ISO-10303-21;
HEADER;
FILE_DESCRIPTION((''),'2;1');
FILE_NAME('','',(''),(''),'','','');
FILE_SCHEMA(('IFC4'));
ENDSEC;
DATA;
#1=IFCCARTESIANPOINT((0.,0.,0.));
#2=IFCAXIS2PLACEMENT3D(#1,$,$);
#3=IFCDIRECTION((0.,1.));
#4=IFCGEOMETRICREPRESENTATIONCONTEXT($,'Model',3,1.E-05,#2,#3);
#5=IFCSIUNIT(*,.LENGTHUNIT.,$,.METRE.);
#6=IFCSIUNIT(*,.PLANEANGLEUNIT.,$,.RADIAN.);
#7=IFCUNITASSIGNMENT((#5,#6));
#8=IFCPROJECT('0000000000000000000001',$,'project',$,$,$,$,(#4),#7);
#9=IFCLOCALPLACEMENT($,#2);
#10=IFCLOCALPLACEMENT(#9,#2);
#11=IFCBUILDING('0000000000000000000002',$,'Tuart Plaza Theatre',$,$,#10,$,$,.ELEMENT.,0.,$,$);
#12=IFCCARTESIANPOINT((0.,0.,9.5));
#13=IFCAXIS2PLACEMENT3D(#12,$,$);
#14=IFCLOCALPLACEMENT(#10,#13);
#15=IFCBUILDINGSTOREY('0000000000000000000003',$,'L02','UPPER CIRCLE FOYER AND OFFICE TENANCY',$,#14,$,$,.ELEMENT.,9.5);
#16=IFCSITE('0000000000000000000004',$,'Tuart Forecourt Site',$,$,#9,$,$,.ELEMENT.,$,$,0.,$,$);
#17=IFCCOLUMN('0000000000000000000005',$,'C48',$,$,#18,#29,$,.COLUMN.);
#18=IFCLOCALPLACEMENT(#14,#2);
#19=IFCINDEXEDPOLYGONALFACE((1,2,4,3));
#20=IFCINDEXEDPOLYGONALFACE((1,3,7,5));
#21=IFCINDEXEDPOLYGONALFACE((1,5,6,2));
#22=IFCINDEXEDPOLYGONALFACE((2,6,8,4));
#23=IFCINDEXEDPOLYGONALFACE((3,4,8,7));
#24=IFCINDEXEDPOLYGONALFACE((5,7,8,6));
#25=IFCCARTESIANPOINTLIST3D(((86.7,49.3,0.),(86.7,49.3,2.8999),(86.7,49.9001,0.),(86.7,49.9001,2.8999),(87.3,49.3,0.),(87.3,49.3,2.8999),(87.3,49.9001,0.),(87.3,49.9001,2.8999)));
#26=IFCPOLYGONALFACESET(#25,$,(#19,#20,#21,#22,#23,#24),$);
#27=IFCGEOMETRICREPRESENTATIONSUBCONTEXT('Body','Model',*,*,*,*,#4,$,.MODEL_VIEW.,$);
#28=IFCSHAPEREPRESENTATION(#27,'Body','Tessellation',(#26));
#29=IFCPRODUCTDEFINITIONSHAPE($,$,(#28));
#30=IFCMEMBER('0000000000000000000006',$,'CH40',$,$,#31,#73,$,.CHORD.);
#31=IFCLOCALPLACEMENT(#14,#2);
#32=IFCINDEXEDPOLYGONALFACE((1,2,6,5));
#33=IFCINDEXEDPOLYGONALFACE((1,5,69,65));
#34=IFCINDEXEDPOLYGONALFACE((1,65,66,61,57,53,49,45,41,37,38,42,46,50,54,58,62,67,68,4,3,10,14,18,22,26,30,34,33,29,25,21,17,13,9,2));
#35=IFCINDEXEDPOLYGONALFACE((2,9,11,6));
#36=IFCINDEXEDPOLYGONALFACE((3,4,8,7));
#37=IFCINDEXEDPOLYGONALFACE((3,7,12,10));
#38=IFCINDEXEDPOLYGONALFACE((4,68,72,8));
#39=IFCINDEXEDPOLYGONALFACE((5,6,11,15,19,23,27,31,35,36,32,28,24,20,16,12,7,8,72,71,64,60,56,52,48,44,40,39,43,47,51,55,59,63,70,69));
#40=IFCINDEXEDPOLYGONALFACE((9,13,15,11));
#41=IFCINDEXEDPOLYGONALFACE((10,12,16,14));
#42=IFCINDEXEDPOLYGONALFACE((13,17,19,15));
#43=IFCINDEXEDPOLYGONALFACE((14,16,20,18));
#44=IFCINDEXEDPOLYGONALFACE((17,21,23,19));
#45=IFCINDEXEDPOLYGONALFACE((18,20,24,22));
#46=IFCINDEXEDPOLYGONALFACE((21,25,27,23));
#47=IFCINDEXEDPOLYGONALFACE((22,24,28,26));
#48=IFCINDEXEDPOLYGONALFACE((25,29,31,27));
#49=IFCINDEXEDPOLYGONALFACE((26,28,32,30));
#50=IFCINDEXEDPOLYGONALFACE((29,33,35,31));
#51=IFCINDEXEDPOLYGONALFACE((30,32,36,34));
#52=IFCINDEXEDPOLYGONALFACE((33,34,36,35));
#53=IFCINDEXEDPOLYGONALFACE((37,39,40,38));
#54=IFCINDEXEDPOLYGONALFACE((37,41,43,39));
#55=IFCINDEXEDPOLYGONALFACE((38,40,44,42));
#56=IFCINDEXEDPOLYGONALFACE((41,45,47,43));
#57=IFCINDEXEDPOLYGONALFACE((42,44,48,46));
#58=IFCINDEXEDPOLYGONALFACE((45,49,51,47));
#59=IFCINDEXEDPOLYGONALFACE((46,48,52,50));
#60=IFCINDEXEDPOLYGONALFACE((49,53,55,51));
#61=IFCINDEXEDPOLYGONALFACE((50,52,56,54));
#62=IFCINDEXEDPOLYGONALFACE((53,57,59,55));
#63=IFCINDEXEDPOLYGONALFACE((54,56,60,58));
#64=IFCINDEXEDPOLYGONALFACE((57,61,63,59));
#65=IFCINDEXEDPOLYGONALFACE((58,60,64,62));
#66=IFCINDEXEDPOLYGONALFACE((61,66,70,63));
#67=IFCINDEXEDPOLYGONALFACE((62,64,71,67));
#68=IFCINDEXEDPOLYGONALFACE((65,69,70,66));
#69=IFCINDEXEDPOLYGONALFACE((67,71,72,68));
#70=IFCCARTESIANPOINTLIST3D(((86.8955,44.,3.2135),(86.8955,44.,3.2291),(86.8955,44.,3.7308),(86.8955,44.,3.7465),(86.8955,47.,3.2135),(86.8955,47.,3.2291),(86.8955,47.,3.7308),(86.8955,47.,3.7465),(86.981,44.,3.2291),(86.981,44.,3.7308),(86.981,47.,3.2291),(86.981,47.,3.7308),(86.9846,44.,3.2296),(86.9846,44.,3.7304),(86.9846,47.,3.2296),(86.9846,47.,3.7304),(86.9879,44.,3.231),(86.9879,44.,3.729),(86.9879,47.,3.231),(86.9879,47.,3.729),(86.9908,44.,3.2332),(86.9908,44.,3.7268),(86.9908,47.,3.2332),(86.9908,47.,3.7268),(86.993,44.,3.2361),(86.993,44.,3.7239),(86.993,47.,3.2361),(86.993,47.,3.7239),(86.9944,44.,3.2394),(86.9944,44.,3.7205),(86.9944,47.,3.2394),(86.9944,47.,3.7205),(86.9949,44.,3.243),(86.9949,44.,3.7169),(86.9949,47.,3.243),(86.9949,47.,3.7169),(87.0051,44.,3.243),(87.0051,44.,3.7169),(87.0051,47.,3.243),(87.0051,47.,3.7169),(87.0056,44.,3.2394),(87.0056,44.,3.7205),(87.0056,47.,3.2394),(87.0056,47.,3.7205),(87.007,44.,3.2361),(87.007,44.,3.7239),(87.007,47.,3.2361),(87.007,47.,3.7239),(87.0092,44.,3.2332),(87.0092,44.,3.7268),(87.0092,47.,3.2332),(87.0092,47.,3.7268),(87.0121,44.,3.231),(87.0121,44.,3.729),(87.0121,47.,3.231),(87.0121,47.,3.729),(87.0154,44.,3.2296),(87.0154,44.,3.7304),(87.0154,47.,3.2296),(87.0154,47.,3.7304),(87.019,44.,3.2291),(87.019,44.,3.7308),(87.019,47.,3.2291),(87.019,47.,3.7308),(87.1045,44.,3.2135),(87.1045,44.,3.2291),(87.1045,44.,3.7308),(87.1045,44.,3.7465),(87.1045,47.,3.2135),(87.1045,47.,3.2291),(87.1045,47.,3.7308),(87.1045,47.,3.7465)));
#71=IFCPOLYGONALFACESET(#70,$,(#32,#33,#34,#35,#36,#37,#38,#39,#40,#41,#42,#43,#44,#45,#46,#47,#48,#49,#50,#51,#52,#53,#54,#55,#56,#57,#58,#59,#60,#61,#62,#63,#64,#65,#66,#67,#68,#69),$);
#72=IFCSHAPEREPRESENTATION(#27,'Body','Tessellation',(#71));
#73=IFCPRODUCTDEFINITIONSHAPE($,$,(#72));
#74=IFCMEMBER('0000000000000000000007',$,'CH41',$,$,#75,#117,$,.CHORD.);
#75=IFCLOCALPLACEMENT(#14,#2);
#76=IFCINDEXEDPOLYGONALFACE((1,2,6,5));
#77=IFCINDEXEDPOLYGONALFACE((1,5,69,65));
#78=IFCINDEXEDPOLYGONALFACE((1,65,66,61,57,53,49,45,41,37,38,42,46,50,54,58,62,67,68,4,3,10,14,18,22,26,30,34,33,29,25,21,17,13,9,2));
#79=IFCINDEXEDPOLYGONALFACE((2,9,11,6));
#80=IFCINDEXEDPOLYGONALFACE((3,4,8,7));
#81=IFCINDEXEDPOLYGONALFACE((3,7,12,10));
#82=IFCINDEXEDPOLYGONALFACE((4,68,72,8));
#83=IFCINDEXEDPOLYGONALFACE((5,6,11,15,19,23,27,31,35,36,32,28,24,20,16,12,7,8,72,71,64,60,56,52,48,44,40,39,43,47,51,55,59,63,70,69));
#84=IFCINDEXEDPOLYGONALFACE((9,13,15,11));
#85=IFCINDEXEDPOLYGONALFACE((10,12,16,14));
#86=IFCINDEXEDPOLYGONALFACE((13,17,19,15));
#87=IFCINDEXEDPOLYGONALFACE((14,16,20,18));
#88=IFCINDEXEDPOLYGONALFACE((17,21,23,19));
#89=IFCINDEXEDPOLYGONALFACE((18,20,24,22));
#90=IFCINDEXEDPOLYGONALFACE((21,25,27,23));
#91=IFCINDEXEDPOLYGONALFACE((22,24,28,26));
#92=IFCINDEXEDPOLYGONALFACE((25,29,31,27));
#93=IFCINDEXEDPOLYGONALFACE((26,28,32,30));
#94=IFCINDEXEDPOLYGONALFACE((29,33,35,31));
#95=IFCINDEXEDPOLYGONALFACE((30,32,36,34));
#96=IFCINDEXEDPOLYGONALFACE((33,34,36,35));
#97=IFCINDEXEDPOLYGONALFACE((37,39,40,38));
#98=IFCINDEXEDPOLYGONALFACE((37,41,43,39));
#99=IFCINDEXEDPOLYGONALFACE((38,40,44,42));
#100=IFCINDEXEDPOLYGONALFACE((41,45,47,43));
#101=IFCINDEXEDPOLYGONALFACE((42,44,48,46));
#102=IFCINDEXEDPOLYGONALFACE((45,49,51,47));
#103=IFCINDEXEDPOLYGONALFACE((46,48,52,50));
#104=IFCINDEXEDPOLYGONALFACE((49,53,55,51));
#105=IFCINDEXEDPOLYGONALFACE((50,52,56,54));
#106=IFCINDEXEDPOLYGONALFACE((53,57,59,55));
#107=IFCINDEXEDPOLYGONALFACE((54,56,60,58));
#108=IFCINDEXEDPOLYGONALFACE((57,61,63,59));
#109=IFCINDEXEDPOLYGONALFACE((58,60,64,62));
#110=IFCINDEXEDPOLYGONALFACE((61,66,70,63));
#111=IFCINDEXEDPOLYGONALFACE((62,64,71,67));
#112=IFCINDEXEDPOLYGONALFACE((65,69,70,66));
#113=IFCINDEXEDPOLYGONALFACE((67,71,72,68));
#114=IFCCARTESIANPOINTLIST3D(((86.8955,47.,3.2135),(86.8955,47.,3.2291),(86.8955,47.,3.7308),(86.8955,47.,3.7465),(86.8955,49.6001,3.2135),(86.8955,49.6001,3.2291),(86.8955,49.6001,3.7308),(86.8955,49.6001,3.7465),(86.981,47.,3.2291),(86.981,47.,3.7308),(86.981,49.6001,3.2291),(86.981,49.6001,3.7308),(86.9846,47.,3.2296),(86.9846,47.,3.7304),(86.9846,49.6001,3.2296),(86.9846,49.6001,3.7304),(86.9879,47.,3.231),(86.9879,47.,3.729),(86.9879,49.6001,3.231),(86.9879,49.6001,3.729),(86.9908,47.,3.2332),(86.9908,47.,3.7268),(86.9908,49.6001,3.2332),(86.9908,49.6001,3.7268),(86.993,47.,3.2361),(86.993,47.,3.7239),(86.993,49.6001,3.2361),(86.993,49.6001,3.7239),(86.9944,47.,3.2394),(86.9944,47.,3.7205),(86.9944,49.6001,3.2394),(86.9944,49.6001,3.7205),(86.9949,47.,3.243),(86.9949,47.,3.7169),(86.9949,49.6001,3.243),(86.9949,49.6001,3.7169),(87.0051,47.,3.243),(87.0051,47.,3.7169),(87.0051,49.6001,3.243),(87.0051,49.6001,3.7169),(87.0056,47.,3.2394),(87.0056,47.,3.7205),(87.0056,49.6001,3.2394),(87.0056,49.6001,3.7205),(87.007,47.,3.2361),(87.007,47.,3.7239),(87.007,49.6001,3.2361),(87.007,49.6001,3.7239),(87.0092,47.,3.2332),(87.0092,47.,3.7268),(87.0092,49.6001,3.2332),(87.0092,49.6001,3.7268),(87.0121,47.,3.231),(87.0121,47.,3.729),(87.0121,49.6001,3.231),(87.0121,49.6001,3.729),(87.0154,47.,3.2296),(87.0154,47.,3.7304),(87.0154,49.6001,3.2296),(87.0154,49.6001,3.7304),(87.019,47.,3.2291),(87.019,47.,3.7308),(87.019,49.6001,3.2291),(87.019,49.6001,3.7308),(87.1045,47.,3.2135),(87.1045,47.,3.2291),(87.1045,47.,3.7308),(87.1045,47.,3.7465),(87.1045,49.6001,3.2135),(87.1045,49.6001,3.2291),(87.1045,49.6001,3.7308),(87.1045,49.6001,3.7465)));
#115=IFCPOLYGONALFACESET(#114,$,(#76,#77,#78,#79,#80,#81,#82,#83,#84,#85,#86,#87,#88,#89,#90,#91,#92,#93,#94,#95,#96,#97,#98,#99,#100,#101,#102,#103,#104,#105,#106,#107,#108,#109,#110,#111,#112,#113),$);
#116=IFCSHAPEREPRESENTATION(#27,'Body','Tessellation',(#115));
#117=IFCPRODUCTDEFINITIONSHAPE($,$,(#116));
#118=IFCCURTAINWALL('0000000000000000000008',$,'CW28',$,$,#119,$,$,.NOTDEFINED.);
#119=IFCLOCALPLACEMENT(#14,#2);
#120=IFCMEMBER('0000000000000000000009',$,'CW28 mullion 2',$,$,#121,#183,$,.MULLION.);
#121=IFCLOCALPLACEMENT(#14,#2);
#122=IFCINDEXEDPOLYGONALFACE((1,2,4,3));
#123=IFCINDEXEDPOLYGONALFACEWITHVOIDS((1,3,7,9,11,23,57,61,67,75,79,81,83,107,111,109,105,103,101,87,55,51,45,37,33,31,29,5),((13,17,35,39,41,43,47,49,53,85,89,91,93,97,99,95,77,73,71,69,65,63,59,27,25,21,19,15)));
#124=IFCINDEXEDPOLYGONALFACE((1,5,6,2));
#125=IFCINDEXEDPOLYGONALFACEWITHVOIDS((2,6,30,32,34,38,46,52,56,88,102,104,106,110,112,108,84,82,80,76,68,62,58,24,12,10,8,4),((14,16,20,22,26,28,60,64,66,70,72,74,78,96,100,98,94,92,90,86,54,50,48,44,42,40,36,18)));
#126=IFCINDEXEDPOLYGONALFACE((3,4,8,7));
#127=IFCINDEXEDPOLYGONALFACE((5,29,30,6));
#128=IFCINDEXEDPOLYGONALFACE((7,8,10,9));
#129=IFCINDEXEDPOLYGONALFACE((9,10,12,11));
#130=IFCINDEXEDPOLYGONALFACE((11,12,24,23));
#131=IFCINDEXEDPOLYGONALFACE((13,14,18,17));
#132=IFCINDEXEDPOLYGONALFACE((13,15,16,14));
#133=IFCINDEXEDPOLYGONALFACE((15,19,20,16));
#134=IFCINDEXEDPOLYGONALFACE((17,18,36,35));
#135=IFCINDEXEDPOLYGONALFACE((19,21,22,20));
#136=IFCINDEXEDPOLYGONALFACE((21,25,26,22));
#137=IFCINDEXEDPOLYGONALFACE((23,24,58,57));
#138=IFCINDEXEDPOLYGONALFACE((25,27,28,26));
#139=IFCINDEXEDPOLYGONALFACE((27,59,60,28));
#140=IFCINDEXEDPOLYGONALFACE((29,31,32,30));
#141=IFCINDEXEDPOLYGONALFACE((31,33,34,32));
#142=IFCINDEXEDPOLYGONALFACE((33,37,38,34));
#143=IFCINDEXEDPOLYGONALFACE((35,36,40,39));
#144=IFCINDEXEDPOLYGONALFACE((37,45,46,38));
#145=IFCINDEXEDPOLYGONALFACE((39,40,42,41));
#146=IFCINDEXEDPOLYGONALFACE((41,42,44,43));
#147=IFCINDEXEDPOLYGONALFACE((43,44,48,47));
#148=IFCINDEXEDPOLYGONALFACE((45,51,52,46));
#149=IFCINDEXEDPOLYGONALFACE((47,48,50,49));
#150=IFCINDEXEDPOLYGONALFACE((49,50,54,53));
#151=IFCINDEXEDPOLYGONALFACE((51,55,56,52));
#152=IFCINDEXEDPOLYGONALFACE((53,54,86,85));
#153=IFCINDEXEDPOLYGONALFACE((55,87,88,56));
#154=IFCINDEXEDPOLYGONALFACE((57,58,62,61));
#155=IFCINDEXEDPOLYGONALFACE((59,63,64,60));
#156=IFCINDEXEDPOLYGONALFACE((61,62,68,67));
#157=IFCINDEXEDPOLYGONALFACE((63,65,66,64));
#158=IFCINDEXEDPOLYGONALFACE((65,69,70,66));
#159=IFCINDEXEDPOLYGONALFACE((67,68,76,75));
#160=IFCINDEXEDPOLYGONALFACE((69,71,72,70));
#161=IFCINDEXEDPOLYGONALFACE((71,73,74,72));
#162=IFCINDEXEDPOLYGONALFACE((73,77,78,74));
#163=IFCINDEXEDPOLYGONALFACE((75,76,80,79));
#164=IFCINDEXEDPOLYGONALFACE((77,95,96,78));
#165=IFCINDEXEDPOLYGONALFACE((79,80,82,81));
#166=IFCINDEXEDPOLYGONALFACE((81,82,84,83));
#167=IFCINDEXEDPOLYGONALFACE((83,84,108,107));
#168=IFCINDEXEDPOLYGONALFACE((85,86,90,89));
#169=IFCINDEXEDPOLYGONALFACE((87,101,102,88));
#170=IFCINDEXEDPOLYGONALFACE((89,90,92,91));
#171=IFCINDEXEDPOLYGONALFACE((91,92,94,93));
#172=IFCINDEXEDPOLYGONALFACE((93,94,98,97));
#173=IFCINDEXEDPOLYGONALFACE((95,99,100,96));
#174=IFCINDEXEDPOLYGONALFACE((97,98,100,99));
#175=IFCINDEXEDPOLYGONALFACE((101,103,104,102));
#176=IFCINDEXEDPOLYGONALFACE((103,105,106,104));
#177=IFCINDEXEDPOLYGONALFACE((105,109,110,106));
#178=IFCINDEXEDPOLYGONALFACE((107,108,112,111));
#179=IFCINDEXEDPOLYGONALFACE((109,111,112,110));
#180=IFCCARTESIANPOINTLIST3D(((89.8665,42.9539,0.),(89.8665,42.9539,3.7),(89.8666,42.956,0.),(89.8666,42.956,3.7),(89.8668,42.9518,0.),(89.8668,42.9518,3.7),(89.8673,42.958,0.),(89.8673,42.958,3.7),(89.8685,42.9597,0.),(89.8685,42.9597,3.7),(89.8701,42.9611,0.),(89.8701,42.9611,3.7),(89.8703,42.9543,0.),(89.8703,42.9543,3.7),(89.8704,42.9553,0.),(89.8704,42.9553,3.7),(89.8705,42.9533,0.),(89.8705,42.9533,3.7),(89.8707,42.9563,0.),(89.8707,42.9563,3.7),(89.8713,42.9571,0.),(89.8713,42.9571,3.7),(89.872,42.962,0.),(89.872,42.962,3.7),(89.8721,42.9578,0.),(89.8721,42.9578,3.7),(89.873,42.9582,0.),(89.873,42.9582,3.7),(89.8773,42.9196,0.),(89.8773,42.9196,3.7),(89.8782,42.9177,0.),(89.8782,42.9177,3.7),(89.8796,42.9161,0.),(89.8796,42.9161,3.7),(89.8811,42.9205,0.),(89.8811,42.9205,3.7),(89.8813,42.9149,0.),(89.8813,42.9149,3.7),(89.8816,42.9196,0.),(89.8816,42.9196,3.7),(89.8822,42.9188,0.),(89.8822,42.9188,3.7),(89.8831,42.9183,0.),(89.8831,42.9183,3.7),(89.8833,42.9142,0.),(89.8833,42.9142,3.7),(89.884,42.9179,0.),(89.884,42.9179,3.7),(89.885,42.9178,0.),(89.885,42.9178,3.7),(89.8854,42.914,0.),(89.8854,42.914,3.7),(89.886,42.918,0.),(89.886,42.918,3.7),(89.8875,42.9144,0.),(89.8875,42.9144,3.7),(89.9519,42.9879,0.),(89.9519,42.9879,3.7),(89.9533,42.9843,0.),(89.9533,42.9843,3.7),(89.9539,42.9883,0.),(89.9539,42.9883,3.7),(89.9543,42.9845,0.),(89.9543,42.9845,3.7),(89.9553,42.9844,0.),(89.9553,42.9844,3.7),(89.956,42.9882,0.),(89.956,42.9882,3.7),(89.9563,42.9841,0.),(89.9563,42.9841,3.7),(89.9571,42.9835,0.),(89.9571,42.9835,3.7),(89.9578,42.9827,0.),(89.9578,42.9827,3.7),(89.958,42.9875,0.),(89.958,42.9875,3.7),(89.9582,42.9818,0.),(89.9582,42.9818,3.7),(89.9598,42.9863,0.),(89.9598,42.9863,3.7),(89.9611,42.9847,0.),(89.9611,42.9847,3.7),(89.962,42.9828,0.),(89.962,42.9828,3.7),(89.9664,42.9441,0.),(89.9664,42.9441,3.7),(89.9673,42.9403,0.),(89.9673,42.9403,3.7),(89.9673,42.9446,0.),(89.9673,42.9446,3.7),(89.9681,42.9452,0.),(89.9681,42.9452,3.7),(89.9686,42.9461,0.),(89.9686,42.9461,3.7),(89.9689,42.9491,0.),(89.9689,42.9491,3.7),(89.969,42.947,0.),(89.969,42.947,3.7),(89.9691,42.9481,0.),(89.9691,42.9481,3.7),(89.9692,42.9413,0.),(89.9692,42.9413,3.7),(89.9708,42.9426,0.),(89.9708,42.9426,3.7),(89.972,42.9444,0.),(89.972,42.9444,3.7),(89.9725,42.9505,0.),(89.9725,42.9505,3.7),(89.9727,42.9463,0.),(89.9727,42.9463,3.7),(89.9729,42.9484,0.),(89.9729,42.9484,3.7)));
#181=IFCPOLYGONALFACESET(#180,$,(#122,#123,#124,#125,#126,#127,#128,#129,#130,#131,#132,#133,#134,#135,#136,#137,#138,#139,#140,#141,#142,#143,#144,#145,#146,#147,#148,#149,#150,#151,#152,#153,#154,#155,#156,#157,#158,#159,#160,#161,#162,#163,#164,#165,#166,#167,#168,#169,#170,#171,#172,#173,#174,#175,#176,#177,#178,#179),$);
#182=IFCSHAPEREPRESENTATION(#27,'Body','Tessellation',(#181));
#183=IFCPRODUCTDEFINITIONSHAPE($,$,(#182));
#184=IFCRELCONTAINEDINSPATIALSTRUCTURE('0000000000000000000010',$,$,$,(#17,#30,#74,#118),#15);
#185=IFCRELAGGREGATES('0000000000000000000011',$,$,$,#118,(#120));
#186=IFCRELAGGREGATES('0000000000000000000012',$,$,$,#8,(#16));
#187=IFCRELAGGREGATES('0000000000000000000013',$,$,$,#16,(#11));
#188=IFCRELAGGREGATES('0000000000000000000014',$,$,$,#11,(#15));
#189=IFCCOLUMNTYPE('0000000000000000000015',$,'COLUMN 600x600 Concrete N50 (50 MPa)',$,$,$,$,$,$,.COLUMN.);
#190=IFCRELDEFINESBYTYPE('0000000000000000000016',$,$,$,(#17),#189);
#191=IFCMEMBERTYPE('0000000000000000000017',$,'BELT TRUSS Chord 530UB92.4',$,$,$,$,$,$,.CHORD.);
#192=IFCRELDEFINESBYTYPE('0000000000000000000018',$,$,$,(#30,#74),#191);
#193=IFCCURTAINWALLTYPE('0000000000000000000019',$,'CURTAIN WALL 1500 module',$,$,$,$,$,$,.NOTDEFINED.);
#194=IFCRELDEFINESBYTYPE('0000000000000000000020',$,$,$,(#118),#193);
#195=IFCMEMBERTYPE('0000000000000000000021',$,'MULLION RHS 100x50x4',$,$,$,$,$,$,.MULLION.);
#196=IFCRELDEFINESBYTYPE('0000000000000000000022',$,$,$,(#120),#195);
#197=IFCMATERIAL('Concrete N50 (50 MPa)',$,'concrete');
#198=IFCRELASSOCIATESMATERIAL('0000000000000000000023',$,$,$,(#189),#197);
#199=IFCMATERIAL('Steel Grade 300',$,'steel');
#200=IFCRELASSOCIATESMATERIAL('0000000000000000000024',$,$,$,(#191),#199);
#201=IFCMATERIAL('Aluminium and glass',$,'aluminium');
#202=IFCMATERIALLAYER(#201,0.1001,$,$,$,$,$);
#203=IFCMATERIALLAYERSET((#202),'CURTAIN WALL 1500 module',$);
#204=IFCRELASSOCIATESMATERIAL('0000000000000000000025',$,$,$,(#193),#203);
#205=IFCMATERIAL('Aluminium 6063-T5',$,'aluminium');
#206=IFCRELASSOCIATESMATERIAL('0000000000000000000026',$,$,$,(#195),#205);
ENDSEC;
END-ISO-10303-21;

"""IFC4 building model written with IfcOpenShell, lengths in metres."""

from ifc_helpers import new_model, si_unit, direction, frame, origin, origin_2d, place, context, subcontext, project, spatial, rectangle, hollow_rectangle, i_section, extrude, material, layer, layer_set, material_profile, profile_set, type_object, element, aggregate, save


model = new_model("IFC4")

# Units and contexts
model_context = context("Model", 3, precision=1e-05, world=origin(), true_north=direction((0.0, 1.0)))
body_context = subcontext(model_context, "Body", "Model", "MODEL_VIEW")
ifc_project = project(units=[si_unit("LENGTHUNIT", "METRE"), si_unit("PLANEANGLEUNIT", "RADIAN")], contexts=[model_context])

# Site, building, storey
site_placement = place(None, origin())
site = spatial("IfcSite", under=ifc_project, at=site_placement, Name="Tuart Forecourt Site", CompositionType="ELEMENT", RefElevation=0.0)
building_placement = place(site_placement, origin())
building = spatial("IfcBuilding", under=site, at=building_placement, Name="Tuart Plaza Theatre", CompositionType="ELEMENT", ElevationOfRefHeight=0.0)
storey_placement = place(building_placement, frame((0.0, 0.0, 9.5)))
storey = spatial("IfcBuildingStorey", under=building, at=storey_placement, Name="L02", Description="UPPER CIRCLE FOYER AND OFFICE TENANCY", CompositionType="ELEMENT", Elevation=9.5)

# Column
ifc_material_1 = material(Name="Concrete N50 (50 MPa)", Category="concrete")
ifc_material_profile_1 = material_profile(ifc_material_1, rectangle(XDim=0.6001, YDim=0.6001, at=origin_2d()), Name="COLUMN 600x600 Concrete N50 (50 MPa)")
ifc_profile_set_1 = profile_set([ifc_material_profile_1], Name="Concrete N50 (50 MPa)")
column_type = type_object("IfcColumnType", Name="COLUMN 600x600 Concrete N50 (50 MPa)", PredefinedType="COLUMN", material=ifc_profile_set_1)
column_placement = place(storey_placement, frame((87.0, 49.6001, 0.0), z_axis=(0.0, 0.0, 1.0), x_axis=(1.0, 0.0, 0.0)))
element("IfcColumn", 1, at=column_placement, inside=storey, type_object=column_type, Name="C48", PredefinedType="COLUMN", context=body_context, shape_type="SweptSolid", body=[
    extrude(rectangle(XDim=0.6001, YDim=0.6001, at=origin_2d()), origin(), (0.0, 0.0, 1.0), 2.8999),
])

# Members
ifc_material_2 = material(Name="Steel Grade 300", Category="steel")
ifc_material_profile_2 = material_profile(ifc_material_2, i_section(OverallWidth=0.209, OverallDepth=0.533, WebThickness=0.0103, FlangeThickness=0.0156, FilletRadius=0.0139, at=origin_2d()), Name="530UB92.4")
ifc_profile_set_2 = profile_set([ifc_material_profile_2], Name="Steel Grade 300")
member_type_1 = type_object("IfcMemberType", Name="BELT TRUSS Chord 530UB92.4", PredefinedType="CHORD", material=ifc_profile_set_2)
member_1_placement = place(storey_placement, frame((87.0, 44.0, 3.48), z_axis=(0.0, 1.0, 0.0), x_axis=(-1.0, 0.0, 0.0)))
element("IfcMember", 2, at=member_1_placement, inside=storey, type_object=member_type_1, Name="CH40", PredefinedType="CHORD", context=body_context, shape_type="SweptSolid", body=[
    extrude(i_section(OverallWidth=0.209, OverallDepth=0.533, WebThickness=0.0103, FlangeThickness=0.0156, FilletRadius=0.0139, at=origin_2d()), origin(), (0.0, 0.0, 1.0), 3.0),
])
member_2_placement = place(storey_placement, frame((87.0, 47.0, 3.48), z_axis=(0.0, 1.0, 0.0), x_axis=(-1.0, 0.0, 0.0)))
element("IfcMember", 3, at=member_2_placement, inside=storey, type_object=member_type_1, Name="CH41", PredefinedType="CHORD", context=body_context, shape_type="SweptSolid", body=[
    extrude(i_section(OverallWidth=0.209, OverallDepth=0.533, WebThickness=0.0103, FlangeThickness=0.0156, FilletRadius=0.0139, at=origin_2d()), origin(), (0.0, 0.0, 1.0), 2.6001),
])

# Curtain wall, member
ifc_material_3 = material(Name="Aluminium and glass", Category="aluminium")
ifc_layer_1 = layer(ifc_material_3, 0.1001)
ifc_layer_set_1 = layer_set([ifc_layer_1], Name="CURTAIN WALL 1500 module")
curtain_wall_type = type_object("IfcCurtainWallType", Name="CURTAIN WALL 1500 module", PredefinedType="NOTDEFINED", material=ifc_layer_set_1)
curtain_wall_placement = place(storey_placement, origin())
curtain_wall = element("IfcCurtainWall", 4, at=curtain_wall_placement, inside=storey, type_object=curtain_wall_type, Name="CW28", PredefinedType="NOTDEFINED")
ifc_material_4 = material(Name="Aluminium 6063-T5", Category="aluminium")
ifc_material_profile_3 = material_profile(ifc_material_4, hollow_rectangle(XDim=0.05, YDim=0.1001, WallThickness=0.0039, InnerFilletRadius=0.0039, OuterFilletRadius=0.0081, at=origin_2d()), Name="RHS 100x50x4")
ifc_profile_set_3 = profile_set([ifc_material_profile_3], Name="Aluminium 6063-T5")
member_type_2 = type_object("IfcMemberType", Name="MULLION RHS 100x50x4", PredefinedType="MULLION", material=ifc_profile_set_3)
member_3_placement = place(storey_placement, frame((89.9197, 42.9512, 0.0), z_axis=(0.0, 0.0, 1.0), x_axis=(-0.309018, 0.951056, 0.0)))
member_3 = element("IfcMember", 5, at=member_3_placement, type_object=member_type_2, Name="CW28 mullion 2", PredefinedType="MULLION", context=body_context, shape_type="SweptSolid", body=[
    extrude(hollow_rectangle(XDim=0.05, YDim=0.1001, WallThickness=0.0039, InnerFilletRadius=0.0039, OuterFilletRadius=0.0081, at=origin_2d()), origin(), (0.0, 0.0, 1.0), 3.7),
])
aggregate(curtain_wall, [member_3])

save(model, "model.ifc")
